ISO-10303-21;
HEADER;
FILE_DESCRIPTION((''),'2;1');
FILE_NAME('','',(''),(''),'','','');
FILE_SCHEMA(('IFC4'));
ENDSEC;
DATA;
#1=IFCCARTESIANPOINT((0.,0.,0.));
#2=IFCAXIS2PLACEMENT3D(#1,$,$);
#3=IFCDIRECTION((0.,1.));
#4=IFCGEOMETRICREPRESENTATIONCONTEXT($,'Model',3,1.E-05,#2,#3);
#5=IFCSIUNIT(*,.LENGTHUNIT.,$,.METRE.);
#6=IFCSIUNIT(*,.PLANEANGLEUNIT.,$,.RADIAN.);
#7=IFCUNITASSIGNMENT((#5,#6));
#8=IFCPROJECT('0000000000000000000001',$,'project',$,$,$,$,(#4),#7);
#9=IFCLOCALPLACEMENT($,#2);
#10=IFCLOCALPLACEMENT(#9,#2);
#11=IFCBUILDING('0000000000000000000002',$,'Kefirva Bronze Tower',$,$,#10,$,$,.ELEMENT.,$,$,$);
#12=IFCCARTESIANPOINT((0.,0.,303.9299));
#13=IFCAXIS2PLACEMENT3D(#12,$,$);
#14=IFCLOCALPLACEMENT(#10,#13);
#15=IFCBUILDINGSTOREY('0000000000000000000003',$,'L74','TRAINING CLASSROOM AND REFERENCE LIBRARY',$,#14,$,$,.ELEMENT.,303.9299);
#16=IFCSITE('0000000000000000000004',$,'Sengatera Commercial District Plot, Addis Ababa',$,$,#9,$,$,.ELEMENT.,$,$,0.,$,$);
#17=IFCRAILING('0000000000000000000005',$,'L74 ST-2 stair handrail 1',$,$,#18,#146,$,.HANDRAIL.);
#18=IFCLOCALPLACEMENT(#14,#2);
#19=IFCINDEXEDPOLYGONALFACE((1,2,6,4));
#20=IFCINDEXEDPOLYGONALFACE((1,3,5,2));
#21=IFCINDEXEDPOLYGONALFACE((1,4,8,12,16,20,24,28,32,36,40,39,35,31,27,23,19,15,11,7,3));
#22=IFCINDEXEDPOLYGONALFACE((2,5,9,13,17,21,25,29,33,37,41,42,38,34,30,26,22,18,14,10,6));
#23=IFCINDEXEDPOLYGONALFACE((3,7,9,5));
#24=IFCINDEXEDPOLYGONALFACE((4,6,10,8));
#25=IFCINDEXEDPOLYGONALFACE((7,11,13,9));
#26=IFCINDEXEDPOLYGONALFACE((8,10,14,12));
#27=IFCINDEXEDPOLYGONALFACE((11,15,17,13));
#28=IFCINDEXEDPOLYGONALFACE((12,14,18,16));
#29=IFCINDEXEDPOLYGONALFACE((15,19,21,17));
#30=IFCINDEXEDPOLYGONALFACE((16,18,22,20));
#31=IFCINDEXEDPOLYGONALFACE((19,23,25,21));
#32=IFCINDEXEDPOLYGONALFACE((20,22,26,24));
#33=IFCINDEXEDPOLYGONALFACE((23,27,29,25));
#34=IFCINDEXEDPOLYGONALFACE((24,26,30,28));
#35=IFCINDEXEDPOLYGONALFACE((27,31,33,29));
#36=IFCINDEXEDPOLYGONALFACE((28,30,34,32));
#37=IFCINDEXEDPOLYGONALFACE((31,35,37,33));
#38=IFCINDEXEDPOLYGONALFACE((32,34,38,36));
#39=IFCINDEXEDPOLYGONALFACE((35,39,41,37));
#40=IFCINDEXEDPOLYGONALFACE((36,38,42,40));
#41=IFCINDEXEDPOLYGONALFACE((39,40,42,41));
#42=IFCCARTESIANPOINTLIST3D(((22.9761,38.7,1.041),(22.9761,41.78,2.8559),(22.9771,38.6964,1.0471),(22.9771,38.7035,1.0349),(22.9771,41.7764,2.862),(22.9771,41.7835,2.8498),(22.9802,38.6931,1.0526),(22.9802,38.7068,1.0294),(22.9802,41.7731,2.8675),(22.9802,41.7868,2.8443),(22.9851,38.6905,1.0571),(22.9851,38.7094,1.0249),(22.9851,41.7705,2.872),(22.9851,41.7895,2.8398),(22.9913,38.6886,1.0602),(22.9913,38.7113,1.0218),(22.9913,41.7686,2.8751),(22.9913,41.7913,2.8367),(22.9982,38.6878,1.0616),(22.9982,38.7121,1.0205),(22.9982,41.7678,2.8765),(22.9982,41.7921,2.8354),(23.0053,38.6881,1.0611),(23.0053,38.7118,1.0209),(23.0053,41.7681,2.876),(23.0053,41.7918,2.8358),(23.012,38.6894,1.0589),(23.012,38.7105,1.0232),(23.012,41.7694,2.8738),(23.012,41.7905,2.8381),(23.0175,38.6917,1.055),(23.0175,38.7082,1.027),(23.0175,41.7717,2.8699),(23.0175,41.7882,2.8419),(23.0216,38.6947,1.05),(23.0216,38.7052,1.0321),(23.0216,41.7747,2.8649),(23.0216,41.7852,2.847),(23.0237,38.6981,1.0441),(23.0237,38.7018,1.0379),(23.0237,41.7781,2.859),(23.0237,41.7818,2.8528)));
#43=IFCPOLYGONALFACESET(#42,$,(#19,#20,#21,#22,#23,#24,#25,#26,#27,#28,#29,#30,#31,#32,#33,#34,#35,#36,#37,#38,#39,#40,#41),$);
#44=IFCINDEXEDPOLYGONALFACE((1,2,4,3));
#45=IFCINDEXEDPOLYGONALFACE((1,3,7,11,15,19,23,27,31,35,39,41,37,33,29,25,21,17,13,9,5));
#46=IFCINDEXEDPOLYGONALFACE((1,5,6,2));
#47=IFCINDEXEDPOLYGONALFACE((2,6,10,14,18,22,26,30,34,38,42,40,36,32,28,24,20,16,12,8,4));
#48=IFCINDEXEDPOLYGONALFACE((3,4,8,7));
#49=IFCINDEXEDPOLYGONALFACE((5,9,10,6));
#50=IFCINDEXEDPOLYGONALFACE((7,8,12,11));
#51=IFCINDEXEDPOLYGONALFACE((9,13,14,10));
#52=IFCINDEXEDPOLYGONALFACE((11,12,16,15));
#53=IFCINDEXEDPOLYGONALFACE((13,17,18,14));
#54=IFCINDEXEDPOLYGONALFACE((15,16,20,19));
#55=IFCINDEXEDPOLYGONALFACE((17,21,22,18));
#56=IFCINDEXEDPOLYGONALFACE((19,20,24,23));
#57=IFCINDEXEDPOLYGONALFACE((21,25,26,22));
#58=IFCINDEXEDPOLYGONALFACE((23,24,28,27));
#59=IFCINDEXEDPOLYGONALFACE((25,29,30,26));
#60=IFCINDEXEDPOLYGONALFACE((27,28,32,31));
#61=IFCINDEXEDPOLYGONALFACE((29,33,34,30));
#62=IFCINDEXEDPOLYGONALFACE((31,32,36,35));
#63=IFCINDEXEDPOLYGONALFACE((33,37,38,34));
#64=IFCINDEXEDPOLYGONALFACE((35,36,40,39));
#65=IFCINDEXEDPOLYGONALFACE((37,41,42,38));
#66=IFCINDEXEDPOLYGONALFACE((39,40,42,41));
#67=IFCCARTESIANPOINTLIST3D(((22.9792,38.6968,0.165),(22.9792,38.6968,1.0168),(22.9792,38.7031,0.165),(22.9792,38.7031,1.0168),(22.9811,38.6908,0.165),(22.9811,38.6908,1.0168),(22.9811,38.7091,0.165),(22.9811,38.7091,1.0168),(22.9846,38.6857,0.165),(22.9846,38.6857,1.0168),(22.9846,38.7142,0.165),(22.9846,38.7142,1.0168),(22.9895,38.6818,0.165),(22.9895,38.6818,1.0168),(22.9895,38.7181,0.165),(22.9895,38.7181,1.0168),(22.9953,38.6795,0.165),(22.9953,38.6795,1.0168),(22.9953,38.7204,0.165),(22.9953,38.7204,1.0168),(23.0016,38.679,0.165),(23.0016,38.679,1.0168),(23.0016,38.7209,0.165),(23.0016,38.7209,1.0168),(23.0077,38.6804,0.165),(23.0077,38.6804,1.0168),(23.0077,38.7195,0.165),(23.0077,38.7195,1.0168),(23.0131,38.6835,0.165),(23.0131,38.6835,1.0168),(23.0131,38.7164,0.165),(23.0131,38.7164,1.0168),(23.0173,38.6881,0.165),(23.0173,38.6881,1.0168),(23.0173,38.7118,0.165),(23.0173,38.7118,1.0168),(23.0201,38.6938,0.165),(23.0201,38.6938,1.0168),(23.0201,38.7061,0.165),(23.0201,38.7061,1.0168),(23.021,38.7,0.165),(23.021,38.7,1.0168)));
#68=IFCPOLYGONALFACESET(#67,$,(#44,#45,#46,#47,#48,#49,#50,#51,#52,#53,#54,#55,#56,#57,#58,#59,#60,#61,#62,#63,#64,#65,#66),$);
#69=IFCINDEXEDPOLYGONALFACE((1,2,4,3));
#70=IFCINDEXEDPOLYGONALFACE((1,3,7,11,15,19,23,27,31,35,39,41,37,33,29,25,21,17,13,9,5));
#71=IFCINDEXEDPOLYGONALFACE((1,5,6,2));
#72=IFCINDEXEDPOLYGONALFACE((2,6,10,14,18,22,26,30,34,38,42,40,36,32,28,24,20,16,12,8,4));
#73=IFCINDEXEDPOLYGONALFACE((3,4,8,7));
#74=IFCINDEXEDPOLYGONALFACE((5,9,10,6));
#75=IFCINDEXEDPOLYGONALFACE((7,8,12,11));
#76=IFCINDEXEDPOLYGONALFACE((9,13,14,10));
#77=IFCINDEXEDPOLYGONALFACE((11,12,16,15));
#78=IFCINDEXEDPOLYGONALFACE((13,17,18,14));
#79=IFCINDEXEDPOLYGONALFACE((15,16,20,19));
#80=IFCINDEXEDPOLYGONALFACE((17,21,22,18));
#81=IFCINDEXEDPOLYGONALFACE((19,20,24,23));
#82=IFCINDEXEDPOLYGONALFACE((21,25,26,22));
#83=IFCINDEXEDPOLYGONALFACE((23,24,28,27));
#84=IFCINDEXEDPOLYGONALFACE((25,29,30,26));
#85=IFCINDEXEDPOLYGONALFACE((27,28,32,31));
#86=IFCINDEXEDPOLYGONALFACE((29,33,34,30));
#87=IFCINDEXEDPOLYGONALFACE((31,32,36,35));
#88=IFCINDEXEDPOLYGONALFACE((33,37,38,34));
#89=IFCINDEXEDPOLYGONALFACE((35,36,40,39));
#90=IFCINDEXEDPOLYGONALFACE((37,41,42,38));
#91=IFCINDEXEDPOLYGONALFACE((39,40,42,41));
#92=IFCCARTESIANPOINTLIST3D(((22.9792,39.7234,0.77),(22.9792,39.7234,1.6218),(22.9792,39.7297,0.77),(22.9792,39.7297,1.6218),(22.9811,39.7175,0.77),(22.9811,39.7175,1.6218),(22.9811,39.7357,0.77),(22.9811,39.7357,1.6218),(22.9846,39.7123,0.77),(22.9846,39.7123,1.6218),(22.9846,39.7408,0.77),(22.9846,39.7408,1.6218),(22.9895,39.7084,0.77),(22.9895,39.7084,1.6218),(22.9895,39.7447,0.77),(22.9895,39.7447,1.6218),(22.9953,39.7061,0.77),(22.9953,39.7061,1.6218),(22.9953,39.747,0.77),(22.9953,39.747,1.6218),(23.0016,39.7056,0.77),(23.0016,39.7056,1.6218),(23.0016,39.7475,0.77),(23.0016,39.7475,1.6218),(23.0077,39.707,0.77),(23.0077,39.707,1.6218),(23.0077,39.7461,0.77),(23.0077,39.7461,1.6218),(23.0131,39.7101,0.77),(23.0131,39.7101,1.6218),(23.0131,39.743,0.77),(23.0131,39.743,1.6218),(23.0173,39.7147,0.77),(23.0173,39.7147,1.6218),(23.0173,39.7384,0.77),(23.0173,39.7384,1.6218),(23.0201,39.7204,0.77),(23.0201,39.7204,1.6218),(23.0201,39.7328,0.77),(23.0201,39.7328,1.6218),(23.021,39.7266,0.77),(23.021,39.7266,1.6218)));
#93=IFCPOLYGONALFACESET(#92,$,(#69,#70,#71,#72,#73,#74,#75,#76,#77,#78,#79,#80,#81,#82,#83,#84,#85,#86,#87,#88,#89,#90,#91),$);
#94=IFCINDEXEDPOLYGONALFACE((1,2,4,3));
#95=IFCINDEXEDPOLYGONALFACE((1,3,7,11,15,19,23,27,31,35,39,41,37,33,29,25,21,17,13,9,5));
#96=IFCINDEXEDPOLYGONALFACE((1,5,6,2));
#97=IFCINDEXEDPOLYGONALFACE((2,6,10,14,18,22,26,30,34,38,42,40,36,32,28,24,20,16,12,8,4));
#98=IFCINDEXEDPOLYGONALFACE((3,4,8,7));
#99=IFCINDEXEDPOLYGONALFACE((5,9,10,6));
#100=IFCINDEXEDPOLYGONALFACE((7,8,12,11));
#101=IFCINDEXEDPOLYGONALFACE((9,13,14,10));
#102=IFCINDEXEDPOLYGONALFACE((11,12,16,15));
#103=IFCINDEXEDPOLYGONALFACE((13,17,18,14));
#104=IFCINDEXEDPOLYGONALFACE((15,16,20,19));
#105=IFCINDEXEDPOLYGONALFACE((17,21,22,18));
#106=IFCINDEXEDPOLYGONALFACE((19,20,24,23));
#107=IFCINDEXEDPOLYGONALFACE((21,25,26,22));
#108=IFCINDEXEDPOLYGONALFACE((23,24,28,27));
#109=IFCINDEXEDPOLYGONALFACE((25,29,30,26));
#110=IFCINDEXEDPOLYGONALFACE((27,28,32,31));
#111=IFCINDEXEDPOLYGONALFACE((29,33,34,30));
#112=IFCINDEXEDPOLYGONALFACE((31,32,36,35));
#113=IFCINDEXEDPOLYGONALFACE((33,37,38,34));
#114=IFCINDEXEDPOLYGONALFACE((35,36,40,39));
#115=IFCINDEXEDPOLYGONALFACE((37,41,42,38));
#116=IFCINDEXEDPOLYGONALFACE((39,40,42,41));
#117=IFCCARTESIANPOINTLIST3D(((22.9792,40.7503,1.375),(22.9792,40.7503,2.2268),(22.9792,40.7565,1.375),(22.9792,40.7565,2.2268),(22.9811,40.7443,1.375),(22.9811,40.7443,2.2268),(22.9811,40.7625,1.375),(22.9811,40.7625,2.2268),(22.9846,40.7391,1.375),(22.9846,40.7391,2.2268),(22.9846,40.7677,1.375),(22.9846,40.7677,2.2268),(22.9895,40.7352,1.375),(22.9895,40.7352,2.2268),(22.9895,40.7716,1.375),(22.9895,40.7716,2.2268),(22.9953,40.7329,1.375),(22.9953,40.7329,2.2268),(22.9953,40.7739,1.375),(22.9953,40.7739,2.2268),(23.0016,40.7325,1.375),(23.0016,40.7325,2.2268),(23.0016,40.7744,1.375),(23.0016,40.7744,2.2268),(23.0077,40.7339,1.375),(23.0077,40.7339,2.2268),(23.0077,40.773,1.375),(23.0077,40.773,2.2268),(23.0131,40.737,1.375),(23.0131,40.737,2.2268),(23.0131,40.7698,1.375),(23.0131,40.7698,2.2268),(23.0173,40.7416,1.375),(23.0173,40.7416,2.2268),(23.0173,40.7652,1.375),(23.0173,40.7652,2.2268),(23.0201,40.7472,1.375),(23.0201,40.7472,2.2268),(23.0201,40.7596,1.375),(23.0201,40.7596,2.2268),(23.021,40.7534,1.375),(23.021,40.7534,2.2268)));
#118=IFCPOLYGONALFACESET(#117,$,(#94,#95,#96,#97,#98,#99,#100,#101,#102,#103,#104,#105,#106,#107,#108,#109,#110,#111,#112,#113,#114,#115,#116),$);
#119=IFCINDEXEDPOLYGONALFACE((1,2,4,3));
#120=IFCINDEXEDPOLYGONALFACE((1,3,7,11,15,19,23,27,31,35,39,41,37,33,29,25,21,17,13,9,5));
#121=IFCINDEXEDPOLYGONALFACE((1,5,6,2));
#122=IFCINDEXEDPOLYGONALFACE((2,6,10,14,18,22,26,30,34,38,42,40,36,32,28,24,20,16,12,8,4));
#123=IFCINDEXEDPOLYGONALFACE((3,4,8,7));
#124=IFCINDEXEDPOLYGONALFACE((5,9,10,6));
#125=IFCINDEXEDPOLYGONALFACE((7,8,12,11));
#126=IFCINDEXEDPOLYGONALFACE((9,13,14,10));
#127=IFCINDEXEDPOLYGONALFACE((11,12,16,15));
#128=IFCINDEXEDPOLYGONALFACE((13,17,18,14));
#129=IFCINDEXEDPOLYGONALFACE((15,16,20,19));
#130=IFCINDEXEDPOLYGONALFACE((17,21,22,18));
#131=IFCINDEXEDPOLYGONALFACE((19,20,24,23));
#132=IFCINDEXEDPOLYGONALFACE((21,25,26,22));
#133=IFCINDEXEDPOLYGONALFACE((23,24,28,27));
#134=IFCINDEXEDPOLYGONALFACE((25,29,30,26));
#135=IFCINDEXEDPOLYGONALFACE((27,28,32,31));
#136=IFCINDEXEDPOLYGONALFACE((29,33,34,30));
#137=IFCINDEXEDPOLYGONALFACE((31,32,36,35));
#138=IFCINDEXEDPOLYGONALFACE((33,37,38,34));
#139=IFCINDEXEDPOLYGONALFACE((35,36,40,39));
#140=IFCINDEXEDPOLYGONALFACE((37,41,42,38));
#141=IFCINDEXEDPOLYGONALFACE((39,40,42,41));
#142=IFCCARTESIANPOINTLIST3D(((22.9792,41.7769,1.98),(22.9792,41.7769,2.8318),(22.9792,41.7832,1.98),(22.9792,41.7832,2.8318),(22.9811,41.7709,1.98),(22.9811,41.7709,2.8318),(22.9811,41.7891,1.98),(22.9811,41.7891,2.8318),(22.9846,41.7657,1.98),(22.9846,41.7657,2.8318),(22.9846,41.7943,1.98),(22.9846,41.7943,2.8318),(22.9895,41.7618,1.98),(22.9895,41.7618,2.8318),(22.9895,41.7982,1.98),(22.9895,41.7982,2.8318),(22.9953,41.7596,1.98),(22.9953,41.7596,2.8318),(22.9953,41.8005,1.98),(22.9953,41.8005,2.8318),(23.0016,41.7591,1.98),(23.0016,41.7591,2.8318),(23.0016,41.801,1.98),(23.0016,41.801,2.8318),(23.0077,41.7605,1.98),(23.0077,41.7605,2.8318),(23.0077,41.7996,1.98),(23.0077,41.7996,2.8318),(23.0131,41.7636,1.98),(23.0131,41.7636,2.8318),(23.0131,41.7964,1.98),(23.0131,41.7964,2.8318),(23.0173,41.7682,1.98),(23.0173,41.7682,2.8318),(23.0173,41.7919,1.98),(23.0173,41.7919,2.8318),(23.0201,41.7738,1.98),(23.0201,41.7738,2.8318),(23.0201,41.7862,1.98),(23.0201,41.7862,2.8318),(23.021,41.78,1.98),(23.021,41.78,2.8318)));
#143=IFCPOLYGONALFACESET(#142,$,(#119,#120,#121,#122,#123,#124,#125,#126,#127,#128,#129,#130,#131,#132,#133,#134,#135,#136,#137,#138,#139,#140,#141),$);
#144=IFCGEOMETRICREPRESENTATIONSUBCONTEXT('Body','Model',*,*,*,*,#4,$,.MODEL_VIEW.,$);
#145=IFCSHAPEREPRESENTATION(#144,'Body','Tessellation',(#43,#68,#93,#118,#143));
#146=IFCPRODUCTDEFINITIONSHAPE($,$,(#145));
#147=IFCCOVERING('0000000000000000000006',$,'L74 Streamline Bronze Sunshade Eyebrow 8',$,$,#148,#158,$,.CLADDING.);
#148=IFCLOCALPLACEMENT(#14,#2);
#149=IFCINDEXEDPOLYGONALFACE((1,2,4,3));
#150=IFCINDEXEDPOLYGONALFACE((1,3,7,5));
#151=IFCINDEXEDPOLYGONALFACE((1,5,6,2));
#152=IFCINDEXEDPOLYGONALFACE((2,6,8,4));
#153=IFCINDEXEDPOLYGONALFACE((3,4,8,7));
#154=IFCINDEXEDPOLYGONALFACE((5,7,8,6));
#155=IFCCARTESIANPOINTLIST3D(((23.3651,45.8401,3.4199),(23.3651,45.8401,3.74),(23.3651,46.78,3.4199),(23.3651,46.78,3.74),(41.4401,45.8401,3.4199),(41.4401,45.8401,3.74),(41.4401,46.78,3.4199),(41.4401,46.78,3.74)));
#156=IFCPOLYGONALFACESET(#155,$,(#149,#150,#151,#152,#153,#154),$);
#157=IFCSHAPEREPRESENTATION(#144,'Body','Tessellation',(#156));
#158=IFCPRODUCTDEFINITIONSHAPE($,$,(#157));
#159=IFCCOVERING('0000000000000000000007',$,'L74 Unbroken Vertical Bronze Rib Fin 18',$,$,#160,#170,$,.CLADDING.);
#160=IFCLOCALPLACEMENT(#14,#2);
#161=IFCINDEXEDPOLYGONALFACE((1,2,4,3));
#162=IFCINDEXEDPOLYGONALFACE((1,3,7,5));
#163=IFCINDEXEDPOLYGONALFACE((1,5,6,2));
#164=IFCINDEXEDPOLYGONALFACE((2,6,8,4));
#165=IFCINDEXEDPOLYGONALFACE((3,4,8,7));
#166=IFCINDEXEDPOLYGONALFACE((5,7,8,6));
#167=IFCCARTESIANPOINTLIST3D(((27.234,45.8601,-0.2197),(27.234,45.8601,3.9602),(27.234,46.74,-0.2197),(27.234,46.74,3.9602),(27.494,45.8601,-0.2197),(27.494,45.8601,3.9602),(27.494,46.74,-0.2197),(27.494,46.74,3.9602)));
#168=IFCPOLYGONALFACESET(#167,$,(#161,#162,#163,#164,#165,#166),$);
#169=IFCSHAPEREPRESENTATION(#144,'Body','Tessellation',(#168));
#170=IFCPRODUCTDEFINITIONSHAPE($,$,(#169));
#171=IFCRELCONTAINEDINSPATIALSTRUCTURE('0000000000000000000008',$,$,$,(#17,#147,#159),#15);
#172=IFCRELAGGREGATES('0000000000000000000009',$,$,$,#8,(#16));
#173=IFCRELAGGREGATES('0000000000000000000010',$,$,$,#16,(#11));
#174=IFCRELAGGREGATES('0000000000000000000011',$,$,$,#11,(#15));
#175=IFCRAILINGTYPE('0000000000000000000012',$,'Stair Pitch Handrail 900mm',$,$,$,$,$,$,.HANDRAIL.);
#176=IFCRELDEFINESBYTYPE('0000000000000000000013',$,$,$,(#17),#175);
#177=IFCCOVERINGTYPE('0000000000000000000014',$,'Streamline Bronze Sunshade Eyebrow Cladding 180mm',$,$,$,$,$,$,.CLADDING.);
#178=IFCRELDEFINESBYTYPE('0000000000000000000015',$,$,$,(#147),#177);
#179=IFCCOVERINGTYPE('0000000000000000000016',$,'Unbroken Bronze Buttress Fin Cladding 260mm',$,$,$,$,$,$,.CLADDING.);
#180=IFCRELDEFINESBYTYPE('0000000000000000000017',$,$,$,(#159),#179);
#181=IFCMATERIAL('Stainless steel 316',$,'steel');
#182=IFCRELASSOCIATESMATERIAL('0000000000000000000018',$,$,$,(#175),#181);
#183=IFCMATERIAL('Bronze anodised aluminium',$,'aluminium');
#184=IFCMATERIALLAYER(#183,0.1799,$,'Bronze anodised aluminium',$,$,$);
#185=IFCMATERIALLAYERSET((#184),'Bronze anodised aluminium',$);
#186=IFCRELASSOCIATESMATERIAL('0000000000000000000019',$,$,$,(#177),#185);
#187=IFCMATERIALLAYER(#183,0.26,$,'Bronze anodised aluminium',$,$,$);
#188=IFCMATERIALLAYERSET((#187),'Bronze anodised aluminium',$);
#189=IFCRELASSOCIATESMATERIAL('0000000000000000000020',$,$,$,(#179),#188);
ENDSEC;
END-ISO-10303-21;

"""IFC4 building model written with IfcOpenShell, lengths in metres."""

from ifc_helpers import new_model, si_unit, direction, frame, origin, origin_2d, place, context, subcontext, project, spatial, rectangle, circle, extrude, material, layer, layer_set, type_object, element, save


model = new_model("IFC4")

# Units and contexts
model_context = context("Model", 3, precision=1e-05, world=origin(), true_north=direction((0.0, 1.0)))
body_context = subcontext(model_context, "Body", "Model", "MODEL_VIEW")
ifc_project = project(units=[si_unit("LENGTHUNIT", "METRE"), si_unit("PLANEANGLEUNIT", "RADIAN")], contexts=[model_context])

# Site, building, storey
site_placement = place(None, origin())
site = spatial("IfcSite", under=ifc_project, at=site_placement, Name="Sengatera Commercial District Plot, Addis Ababa", CompositionType="ELEMENT", RefElevation=0.0)
building_placement = place(site_placement, origin())
building = spatial("IfcBuilding", under=site, at=building_placement, Name="Kefirva Bronze Tower", CompositionType="ELEMENT")
storey_placement = place(building_placement, frame((0.0, 0.0, 303.9299)))
storey = spatial("IfcBuildingStorey", under=building, at=storey_placement, Name="L74", Description="TRAINING CLASSROOM AND REFERENCE LIBRARY", CompositionType="ELEMENT", Elevation=303.9299)

# Shared definitions
ifc_material_1 = material(Name="Bronze anodised aluminium", Category="aluminium")

# Railing
ifc_material_2 = material(Name="Stainless steel 316", Category="steel")
railing_type_1 = type_object("IfcRailingType", Name="Stair Pitch Handrail 900mm", PredefinedType="HANDRAIL", material=ifc_material_2)
railing_1_placement = place(storey_placement, frame((23.0, 38.7, 0.165)))
element("IfcRailing", 1, at=railing_1_placement, inside=storey, type_object=railing_type_1, Name="L74 ST-2 stair handrail 1", PredefinedType="HANDRAIL", context=body_context, shape_type="SweptSolid", body=[
    extrude(circle(Radius=0.0239, at=origin_2d()), frame((0.0, 0.0, 0.876), z_axis=(0.0, 0.861551, 0.507671), x_axis=(-1.0, 0.0, 0.0)), (0.0, 0.0, 1.0), 3.575),
    extrude(circle(Radius=0.021, at=origin_2d()), origin(), (0.0, 0.0, 1.0), 0.8518),
    extrude(circle(Radius=0.021, at=origin_2d()), frame((0.0, 1.0266, 0.605)), (0.0, 0.0, 1.0), 0.8518),
    extrude(circle(Radius=0.021, at=origin_2d()), frame((0.0, 2.0535, 1.21)), (0.0, 0.0, 1.0), 0.8518),
    extrude(circle(Radius=0.021, at=origin_2d()), frame((0.0, 3.0801, 1.8149)), (0.0, 0.0, 1.0), 0.8518),
])

# Coverings
ifc_layer_1 = layer(ifc_material_1, 0.1799, Name="Bronze anodised aluminium")
ifc_layer_set_1 = layer_set([ifc_layer_1], Name="Bronze anodised aluminium")
covering_type_1 = type_object("IfcCoveringType", Name="Streamline Bronze Sunshade Eyebrow Cladding 180mm", PredefinedType="CLADDING", material=ifc_layer_set_1)
covering_1_placement = place(storey_placement, frame((32.4026, 46.3101, 3.4199), z_axis=(0.0, 0.0, 1.0), x_axis=(-1.0, 0.0, 0.0)))
element("IfcCovering", 2, at=covering_1_placement, inside=storey, type_object=covering_type_1, Name="L74 Streamline Bronze Sunshade Eyebrow 8", PredefinedType="CLADDING", context=body_context, shape_type="SweptSolid", body=[
    extrude(rectangle(XDim=18.075, YDim=0.9399, at=origin_2d()), origin(), (0.0, 0.0, 1.0), 0.3201),
])
ifc_layer_2 = layer(ifc_material_1, 0.26, Name="Bronze anodised aluminium")
ifc_layer_set_2 = layer_set([ifc_layer_2], Name="Bronze anodised aluminium")
covering_type_2 = type_object("IfcCoveringType", Name="Unbroken Bronze Buttress Fin Cladding 260mm", PredefinedType="CLADDING", material=ifc_layer_set_2)
covering_2_placement = place(storey_placement, frame((27.364, 46.3, -0.2197), z_axis=(0.0, 0.0, 1.0), x_axis=(-1.0, 0.0, 0.0)))
element("IfcCovering", 3, at=covering_2_placement, inside=storey, type_object=covering_type_2, Name="L74 Unbroken Vertical Bronze Rib Fin 18", PredefinedType="CLADDING", context=body_context, shape_type="SweptSolid", body=[
    extrude(rectangle(XDim=0.26, YDim=0.8799, at=origin_2d()), origin(), (0.0, 0.0, 1.0), 4.1799),
])

save(model, "model.ifc")
